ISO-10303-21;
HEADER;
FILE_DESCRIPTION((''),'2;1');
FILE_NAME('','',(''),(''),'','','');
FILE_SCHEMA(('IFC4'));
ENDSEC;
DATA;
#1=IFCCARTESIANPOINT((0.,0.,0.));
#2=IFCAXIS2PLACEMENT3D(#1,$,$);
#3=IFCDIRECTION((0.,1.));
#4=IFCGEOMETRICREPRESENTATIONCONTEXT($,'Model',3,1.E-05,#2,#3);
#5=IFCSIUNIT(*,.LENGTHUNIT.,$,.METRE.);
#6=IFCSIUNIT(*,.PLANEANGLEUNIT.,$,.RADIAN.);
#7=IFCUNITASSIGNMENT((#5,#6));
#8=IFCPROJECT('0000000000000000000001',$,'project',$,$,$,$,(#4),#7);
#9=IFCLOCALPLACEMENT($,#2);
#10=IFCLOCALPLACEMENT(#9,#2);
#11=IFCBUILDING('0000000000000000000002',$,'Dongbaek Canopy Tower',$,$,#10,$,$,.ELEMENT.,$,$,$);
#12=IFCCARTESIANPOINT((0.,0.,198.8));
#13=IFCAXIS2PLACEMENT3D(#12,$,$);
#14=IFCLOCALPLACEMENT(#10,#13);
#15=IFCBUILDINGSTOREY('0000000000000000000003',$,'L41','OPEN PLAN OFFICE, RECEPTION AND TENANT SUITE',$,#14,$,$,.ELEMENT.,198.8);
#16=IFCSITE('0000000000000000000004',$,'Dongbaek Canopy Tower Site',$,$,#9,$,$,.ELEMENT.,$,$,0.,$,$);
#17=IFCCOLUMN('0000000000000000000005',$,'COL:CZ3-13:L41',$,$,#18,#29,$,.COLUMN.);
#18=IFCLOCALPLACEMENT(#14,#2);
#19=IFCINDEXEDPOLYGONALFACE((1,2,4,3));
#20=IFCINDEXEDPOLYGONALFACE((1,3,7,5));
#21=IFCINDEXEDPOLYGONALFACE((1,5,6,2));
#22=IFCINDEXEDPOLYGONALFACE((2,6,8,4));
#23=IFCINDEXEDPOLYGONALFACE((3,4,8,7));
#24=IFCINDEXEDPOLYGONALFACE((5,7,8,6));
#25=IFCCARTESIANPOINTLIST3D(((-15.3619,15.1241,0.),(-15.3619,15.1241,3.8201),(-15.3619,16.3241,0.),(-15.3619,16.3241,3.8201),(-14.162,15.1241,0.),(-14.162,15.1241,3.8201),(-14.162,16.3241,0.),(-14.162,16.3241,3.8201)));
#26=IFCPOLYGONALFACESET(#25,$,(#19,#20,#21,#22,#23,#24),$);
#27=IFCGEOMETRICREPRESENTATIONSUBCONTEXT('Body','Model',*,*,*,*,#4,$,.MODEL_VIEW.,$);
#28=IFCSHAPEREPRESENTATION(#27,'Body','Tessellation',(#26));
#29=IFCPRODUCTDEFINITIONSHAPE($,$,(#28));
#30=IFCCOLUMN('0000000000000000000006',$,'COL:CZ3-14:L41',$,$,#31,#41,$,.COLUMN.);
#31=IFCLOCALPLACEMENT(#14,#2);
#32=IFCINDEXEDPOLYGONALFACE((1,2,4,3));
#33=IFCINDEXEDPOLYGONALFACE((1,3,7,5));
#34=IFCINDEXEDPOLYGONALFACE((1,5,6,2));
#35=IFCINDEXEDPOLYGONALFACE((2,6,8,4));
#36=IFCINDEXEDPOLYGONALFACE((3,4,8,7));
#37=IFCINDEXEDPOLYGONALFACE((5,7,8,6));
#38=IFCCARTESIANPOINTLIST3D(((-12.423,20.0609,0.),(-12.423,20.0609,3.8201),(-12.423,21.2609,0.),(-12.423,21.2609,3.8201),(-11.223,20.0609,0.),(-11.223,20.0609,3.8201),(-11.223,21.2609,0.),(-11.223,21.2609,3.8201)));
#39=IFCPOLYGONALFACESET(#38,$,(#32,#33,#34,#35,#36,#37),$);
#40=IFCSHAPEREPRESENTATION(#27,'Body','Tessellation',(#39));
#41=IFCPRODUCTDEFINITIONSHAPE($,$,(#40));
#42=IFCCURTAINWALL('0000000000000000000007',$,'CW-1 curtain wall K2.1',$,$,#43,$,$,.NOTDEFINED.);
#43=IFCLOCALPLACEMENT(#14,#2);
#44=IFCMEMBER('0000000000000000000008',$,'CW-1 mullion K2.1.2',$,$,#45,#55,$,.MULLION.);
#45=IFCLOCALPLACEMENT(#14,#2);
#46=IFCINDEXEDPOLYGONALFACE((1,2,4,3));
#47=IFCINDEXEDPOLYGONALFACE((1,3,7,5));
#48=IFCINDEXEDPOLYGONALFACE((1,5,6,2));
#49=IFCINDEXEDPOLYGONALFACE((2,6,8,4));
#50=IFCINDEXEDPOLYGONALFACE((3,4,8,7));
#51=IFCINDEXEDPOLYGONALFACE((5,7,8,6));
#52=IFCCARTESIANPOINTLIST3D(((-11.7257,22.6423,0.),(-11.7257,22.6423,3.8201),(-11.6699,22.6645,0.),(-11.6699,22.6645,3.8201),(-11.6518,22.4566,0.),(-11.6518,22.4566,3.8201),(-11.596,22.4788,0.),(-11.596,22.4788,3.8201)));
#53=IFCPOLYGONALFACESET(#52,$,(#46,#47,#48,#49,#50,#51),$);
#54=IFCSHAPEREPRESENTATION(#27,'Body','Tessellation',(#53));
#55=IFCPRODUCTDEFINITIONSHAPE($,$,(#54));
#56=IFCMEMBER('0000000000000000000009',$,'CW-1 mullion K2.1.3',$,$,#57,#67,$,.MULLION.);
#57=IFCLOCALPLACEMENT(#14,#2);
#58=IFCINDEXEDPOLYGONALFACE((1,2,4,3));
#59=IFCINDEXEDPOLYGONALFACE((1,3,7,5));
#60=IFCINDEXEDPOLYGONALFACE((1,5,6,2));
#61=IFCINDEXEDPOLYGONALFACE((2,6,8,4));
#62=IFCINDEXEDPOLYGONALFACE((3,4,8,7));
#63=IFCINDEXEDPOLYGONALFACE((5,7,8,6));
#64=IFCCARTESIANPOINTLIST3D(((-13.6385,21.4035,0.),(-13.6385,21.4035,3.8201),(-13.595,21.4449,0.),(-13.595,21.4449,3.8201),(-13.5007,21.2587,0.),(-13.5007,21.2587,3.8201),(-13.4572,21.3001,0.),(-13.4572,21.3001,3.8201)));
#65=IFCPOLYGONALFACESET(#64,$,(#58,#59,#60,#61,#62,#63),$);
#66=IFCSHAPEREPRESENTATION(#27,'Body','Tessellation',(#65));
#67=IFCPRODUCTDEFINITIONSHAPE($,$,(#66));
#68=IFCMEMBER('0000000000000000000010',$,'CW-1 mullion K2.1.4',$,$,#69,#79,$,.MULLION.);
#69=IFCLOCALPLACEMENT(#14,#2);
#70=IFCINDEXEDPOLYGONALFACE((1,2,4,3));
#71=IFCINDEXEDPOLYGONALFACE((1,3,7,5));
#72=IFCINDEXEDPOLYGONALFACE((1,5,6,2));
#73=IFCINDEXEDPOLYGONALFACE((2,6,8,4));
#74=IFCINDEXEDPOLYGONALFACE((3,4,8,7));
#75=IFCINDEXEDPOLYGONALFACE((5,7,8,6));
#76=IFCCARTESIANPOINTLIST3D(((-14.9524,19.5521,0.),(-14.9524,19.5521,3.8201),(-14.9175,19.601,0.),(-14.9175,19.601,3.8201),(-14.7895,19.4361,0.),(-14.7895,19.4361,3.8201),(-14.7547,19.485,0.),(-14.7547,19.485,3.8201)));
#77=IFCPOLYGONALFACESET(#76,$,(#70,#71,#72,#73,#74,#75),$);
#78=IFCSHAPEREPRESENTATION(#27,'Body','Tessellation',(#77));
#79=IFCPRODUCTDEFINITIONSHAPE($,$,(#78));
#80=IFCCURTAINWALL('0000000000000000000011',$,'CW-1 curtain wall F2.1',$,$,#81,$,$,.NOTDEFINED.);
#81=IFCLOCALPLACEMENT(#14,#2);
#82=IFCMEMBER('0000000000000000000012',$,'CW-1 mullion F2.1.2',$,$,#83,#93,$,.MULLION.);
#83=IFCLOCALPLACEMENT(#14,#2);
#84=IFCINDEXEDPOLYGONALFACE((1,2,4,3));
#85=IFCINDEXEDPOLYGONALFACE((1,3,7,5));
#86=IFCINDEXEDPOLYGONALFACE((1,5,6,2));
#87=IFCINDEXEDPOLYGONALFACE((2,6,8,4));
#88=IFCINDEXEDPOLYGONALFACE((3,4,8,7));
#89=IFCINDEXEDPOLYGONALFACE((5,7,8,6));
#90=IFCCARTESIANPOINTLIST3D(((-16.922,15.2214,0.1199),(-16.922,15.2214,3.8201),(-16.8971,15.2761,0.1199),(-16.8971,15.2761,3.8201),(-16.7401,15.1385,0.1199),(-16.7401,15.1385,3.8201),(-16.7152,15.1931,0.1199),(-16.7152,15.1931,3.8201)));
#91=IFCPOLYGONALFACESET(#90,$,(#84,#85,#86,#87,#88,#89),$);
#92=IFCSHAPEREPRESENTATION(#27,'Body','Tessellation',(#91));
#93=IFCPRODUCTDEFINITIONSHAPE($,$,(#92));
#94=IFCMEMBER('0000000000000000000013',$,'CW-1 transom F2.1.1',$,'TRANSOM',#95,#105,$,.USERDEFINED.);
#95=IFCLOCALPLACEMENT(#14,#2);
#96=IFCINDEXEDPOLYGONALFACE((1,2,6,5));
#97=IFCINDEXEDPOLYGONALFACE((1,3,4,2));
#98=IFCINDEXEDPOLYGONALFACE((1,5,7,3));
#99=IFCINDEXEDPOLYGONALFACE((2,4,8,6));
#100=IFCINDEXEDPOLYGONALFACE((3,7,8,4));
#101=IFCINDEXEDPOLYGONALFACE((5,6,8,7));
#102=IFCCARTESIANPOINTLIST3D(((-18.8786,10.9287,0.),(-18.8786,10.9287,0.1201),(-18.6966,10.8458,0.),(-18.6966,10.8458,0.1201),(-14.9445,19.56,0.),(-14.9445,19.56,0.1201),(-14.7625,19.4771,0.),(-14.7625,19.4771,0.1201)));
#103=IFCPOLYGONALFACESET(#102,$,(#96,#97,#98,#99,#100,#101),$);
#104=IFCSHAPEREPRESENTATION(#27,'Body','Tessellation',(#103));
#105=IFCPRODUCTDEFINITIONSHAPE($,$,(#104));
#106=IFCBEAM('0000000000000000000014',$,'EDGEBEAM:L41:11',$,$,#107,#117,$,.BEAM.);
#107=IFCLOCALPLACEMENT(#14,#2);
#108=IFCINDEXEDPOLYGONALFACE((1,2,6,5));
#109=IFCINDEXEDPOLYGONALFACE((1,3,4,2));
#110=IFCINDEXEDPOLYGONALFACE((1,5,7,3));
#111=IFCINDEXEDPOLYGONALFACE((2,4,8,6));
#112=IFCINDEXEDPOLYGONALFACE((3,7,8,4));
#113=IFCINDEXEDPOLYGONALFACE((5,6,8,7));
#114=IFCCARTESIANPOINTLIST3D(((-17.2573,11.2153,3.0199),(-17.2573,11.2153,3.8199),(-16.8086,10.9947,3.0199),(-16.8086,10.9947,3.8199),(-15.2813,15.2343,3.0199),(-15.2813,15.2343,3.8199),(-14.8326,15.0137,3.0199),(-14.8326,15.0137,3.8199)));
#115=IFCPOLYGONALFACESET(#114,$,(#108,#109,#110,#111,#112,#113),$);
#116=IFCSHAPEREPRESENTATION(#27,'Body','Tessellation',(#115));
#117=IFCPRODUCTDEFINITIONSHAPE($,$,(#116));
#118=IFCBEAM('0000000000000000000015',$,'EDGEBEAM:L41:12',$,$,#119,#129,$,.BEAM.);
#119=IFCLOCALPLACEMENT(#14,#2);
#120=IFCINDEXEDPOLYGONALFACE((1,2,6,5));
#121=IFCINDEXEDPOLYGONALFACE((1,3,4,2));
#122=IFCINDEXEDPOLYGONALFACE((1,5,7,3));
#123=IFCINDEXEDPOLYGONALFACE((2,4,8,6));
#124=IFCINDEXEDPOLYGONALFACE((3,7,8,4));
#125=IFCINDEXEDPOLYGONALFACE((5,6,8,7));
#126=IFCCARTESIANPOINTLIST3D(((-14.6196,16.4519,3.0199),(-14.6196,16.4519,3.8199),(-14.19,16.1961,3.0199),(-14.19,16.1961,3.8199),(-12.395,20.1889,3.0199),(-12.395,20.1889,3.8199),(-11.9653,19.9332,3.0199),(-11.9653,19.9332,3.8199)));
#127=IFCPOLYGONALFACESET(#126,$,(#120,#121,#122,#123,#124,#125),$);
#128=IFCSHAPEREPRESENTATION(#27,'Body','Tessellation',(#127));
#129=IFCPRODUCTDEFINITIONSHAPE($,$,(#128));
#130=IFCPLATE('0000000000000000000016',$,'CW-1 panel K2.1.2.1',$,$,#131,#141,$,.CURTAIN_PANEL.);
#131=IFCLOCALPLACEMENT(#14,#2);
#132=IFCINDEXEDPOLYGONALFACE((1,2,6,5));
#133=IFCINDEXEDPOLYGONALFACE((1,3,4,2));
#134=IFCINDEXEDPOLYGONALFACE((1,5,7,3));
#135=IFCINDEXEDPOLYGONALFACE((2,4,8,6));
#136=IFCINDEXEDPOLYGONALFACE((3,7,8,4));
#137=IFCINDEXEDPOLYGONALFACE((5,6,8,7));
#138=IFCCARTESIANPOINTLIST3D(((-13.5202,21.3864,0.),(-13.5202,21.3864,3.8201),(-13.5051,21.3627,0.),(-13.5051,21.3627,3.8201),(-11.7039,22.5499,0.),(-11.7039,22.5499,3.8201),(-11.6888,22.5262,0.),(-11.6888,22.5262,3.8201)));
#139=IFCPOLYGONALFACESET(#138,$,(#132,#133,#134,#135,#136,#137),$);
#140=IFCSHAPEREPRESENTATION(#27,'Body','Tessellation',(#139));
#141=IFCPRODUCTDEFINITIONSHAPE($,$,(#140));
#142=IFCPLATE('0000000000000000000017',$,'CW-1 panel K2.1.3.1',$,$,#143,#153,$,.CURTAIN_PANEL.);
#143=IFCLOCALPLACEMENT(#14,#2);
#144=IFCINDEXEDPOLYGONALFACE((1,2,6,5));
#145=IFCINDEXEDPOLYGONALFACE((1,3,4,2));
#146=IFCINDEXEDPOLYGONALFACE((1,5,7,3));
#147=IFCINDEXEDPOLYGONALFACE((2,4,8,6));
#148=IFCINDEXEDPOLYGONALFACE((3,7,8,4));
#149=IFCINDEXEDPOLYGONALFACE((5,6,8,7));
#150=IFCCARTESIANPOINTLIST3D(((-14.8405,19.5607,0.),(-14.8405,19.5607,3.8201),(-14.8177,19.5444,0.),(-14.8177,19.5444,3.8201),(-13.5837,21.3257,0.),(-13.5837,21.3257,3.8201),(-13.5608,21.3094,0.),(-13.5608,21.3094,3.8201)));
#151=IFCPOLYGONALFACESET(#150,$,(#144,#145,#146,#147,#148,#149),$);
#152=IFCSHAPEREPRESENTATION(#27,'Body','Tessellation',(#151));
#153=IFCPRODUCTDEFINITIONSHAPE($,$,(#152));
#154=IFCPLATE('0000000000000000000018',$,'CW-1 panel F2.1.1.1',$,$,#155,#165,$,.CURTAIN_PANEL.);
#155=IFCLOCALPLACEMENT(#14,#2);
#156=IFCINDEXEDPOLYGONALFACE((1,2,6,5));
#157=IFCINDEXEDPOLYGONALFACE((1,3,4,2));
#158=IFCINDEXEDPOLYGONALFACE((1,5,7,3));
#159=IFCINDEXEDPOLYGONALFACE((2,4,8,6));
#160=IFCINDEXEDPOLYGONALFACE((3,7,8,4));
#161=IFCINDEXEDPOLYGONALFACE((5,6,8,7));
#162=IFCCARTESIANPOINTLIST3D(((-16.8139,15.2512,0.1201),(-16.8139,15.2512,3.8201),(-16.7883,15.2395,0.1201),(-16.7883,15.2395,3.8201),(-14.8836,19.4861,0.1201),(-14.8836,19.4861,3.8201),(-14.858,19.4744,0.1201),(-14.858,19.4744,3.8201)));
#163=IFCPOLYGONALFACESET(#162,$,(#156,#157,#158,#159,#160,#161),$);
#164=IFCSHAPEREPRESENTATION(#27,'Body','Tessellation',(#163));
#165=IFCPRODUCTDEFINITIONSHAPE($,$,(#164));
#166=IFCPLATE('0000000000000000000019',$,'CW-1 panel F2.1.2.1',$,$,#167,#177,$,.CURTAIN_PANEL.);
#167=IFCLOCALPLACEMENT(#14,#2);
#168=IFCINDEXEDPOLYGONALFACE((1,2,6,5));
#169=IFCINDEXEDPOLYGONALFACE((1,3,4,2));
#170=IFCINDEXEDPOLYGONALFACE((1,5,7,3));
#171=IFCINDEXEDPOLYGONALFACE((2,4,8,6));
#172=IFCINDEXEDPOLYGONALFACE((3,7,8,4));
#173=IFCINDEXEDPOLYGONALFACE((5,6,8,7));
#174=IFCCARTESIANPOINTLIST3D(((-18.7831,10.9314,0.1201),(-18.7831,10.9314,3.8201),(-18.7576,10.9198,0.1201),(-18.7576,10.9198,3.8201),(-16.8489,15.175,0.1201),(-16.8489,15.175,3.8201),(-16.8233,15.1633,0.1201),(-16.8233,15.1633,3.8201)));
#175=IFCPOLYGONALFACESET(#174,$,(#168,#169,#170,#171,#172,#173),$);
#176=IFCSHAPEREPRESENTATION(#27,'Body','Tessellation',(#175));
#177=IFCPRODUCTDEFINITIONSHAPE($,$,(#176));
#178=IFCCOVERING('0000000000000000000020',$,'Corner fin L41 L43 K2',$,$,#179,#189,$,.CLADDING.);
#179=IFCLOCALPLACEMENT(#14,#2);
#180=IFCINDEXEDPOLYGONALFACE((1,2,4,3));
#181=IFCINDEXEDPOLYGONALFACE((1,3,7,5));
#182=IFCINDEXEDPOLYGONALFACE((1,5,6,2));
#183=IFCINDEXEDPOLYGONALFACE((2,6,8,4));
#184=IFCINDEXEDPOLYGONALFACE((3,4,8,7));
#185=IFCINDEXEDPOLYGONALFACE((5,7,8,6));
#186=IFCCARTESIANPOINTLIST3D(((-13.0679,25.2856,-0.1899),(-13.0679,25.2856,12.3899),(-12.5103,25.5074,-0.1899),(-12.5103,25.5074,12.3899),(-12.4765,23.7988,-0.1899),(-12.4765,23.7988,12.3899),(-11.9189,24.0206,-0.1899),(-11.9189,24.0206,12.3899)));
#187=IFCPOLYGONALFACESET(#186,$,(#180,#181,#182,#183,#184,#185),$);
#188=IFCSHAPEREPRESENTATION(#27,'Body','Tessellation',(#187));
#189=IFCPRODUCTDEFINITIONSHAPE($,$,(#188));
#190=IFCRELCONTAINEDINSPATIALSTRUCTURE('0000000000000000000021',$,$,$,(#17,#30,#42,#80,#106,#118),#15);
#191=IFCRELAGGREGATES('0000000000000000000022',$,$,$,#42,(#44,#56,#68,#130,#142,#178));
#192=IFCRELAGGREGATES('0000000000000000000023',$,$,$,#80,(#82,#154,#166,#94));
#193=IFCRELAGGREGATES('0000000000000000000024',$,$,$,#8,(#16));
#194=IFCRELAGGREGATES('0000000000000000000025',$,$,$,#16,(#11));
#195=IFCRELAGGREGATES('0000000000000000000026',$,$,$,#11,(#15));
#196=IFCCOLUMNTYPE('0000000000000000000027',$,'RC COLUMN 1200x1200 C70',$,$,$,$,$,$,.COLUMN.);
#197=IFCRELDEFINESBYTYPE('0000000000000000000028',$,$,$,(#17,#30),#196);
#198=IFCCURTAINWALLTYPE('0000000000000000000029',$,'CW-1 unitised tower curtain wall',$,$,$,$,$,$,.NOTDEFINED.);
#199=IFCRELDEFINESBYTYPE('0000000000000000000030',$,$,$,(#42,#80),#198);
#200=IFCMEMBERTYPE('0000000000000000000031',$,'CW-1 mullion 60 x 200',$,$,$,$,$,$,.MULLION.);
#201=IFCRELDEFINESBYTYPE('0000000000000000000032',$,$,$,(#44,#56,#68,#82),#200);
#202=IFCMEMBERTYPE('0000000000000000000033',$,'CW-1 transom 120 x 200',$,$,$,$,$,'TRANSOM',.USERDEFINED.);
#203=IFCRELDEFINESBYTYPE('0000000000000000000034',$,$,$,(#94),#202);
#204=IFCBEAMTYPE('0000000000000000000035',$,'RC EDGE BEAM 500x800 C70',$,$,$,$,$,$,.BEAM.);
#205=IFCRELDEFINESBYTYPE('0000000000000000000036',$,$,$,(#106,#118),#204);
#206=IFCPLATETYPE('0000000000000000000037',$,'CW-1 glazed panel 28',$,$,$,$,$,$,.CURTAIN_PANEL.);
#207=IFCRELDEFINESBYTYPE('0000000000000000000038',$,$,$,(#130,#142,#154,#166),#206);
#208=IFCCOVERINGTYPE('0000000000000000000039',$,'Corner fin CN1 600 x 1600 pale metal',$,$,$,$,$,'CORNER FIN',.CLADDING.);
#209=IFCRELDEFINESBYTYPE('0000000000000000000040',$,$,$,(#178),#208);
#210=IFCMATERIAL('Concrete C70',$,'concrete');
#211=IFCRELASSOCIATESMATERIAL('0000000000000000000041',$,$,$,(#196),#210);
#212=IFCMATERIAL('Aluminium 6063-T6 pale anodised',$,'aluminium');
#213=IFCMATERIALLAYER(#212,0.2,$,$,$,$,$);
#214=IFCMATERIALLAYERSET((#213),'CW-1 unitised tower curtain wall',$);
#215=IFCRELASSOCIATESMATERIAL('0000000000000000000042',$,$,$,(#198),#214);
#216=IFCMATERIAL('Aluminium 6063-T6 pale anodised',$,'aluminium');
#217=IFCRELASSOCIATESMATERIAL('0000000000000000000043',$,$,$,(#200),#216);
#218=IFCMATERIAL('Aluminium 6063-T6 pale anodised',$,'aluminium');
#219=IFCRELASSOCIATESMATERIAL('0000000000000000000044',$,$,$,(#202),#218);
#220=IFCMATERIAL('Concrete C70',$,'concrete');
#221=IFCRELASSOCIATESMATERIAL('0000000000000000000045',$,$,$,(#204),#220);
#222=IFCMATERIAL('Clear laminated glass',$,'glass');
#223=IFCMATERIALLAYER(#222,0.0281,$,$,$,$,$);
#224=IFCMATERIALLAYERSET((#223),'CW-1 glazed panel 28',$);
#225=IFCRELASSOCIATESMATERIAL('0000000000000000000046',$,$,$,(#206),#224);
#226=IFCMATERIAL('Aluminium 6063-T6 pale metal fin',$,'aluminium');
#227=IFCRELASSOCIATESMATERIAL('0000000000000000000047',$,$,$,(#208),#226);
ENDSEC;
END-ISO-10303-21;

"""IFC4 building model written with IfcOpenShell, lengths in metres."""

from ifc_helpers import new_model, si_unit, direction, frame, origin, origin_2d, place, context, subcontext, project, spatial, rectangle, extrude, material, layer, layer_set, material_profile, profile_set, type_object, element, aggregate, save


model = new_model("IFC4")

# Units and contexts
model_context = context("Model", 3, precision=1e-05, world=origin(), true_north=direction((0.0, 1.0)))
body_context = subcontext(model_context, "Body", "Model", "MODEL_VIEW")
ifc_project = project(units=[si_unit("LENGTHUNIT", "METRE"), si_unit("PLANEANGLEUNIT", "RADIAN")], contexts=[model_context])

# Site, building, storey
site_placement = place(None, origin())
site = spatial("IfcSite", under=ifc_project, at=site_placement, Name="Dongbaek Canopy Tower Site", CompositionType="ELEMENT", RefElevation=0.0)
building_placement = place(site_placement, origin())
building = spatial("IfcBuilding", under=site, at=building_placement, Name="Dongbaek Canopy Tower", CompositionType="ELEMENT")
storey_placement = place(building_placement, frame((0.0, 0.0, 198.8)))
storey = spatial("IfcBuildingStorey", under=building, at=storey_placement, Name="L41", Description="OPEN PLAN OFFICE, RECEPTION AND TENANT SUITE", CompositionType="ELEMENT", Elevation=198.8)

# Columns
ifc_material_1 = material(Name="Concrete C70", Category="concrete")
ifc_material_profile_1 = material_profile(ifc_material_1, rectangle(XDim=1.2, YDim=1.2, at=origin_2d()), Name="RC COLUMN 1200x1200 C70")
ifc_profile_set_1 = profile_set([ifc_material_profile_1], Name="Concrete C70")
column_type = type_object("IfcColumnType", Name="RC COLUMN 1200x1200 C70", PredefinedType="COLUMN", material=ifc_profile_set_1)
for number, where, z_axis, x_axis, name in (
    (1, (-14.762, 15.7241, 0.0), (0.0, 0.0, 1.0), (1.0, 0.0, 0.0), "COL:CZ3-13:L41"),
    (2, (-11.823, 20.6609, 0.0), (0.0, 0.0, 1.0), (1.0, 0.0, 0.0), "COL:CZ3-14:L41"),
):
    element("IfcColumn", number, at=place(storey_placement, frame(where, z_axis=z_axis, x_axis=x_axis)), inside=storey, type_object=column_type, Name=name, PredefinedType="COLUMN", context=body_context, shape_type="SweptSolid", body=[
        extrude(rectangle(XDim=1.2, YDim=1.2, at=origin_2d()), origin(), (0.0, 0.0, 1.0), 3.8201),
    ])

# Curtain walls, members
ifc_material_2 = material(Name="Aluminium 6063-T6 pale anodised", Category="aluminium")
ifc_layer_1 = layer(ifc_material_2, 0.2)
ifc_layer_set_1 = layer_set([ifc_layer_1], Name="CW-1 unitised tower curtain wall")
curtain_wall_type = type_object("IfcCurtainWallType", Name="CW-1 unitised tower curtain wall", PredefinedType="NOTDEFINED", material=ifc_layer_set_1)
curtain_wall_1_placement = place(storey_placement, origin())
curtain_wall_1 = element("IfcCurtainWall", 3, at=curtain_wall_1_placement, inside=storey, type_object=curtain_wall_type, Name="CW-1 curtain wall K2.1", PredefinedType="NOTDEFINED")
ifc_material_3 = material(Name="Aluminium 6063-T6 pale anodised", Category="aluminium")
ifc_material_profile_2 = material_profile(ifc_material_3, rectangle(XDim=0.2, YDim=0.0601, at=origin_2d()), Name="CW-1 mullion 60 x 200")
ifc_profile_set_2 = profile_set([ifc_material_profile_2], Name="Aluminium 6063-T6 pale anodised")
member_type_1 = type_object("IfcMemberType", Name="CW-1 mullion 60 x 200", PredefinedType="MULLION", material=ifc_profile_set_2)
member_1_placement = place(storey_placement, frame((-11.6609, 22.5605, 0.0), z_axis=(0.0, 0.0, 1.0), x_axis=(-0.369611, 0.929187, 0.0)))
member_1 = element("IfcMember", 4, at=member_1_placement, type_object=member_type_1, Name="CW-1 mullion K2.1.2", PredefinedType="MULLION", context=body_context, shape_type="SweptSolid", body=[
    extrude(rectangle(XDim=0.2, YDim=0.0601, at=origin_2d()), origin(), (0.0, 0.0, 1.0), 3.8201),
])
member_2_placement = place(storey_placement, frame((-13.5479, 21.3518, 0.0), z_axis=(0.0, 0.0, 1.0), x_axis=(-0.689542, 0.724246, 0.0)))
member_2 = element("IfcMember", 5, at=member_2_placement, type_object=member_type_1, Name="CW-1 mullion K2.1.3", PredefinedType="MULLION", context=body_context, shape_type="SweptSolid", body=[
    extrude(rectangle(XDim=0.2, YDim=0.0601, at=origin_2d()), origin(), (0.0, 0.0, 1.0), 3.8201),
])
member_3_placement = place(storey_placement, frame((-14.8535, 19.5186, 0.0), z_axis=(0.0, 0.0, 1.0), x_axis=(-0.814571, 0.580064, 0.0)))
member_3 = element("IfcMember", 6, at=member_3_placement, type_object=member_type_1, Name="CW-1 mullion K2.1.4", PredefinedType="MULLION", context=body_context, shape_type="SweptSolid", body=[
    extrude(rectangle(XDim=0.2, YDim=0.0601, at=origin_2d()), origin(), (0.0, 0.0, 1.0), 3.8201),
])
curtain_wall_2_placement = place(storey_placement, origin())
curtain_wall_2 = element("IfcCurtainWall", 7, at=curtain_wall_2_placement, inside=storey, type_object=curtain_wall_type, Name="CW-1 curtain wall F2.1", PredefinedType="NOTDEFINED")
member_4_placement = place(storey_placement, frame((-16.8186, 15.2073, 0.1199), z_axis=(0.0, 0.0, 1.0), x_axis=(-0.909933, 0.414755, 0.0)))
member_4 = element("IfcMember", 8, at=member_4_placement, type_object=member_type_1, Name="CW-1 mullion F2.1.2", PredefinedType="MULLION", context=body_context, shape_type="SweptSolid", body=[
    extrude(rectangle(XDim=0.2, YDim=0.0601, at=origin_2d()), origin(), (0.0, 0.0, 1.0), 3.7002),
])
ifc_material_4 = material(Name="Aluminium 6063-T6 pale anodised", Category="aluminium")
ifc_material_profile_3 = material_profile(ifc_material_4, rectangle(XDim=0.2, YDim=0.1201, at=origin_2d()), Name="CW-1 transom 120 x 200")
ifc_profile_set_3 = profile_set([ifc_material_profile_3], Name="Aluminium 6063-T6 pale anodised")
member_type_2 = type_object("IfcMemberType", Name="CW-1 transom 120 x 200", ElementType="TRANSOM", PredefinedType="USERDEFINED", material=ifc_profile_set_3)
member_5_placement = place(storey_placement, frame((-14.8535, 19.5186, 0.0601), z_axis=(-0.414741, -0.909939, 0.0), x_axis=(0.909939, -0.414741, 0.0)))
member_5 = element("IfcMember", 9, at=member_5_placement, type_object=member_type_2, Name="CW-1 transom F2.1.1", ObjectType="TRANSOM", PredefinedType="USERDEFINED", context=body_context, shape_type="SweptSolid", body=[
    extrude(rectangle(XDim=0.2, YDim=0.1201, at=origin_2d()), origin(), (0.0, 0.0, 1.0), 9.4856),
])

# Beams
ifc_material_5 = material(Name="Concrete C70", Category="concrete")
ifc_material_profile_4 = material_profile(ifc_material_5, rectangle(XDim=0.5, YDim=0.8, at=origin_2d()), Name="RC EDGE BEAM 500x800 C70")
ifc_profile_set_4 = profile_set([ifc_material_profile_4], Name="Concrete C70")
beam_type = type_object("IfcBeamType", Name="RC EDGE BEAM 500x800 C70", PredefinedType="BEAM", material=ifc_profile_set_4)
beam_1_placement = place(storey_placement, frame((-17.033, 11.105, 3.4199), z_axis=(0.441229, 0.897395, 0.0), x_axis=(-0.897395, 0.441229, 0.0)))
element("IfcBeam", 10, at=beam_1_placement, inside=storey, type_object=beam_type, Name="EDGEBEAM:L41:11", PredefinedType="BEAM", context=body_context, shape_type="SweptSolid", body=[
    extrude(rectangle(XDim=0.5, YDim=0.8, at=origin_2d()), origin(), (0.0, 0.0, 1.0), 4.4785),
])
beam_2_placement = place(storey_placement, frame((-14.4048, 16.324, 3.4199), z_axis=(0.511512, 0.859276, 0.0), x_axis=(-0.859276, 0.511512, 0.0)))
element("IfcBeam", 11, at=beam_2_placement, inside=storey, type_object=beam_type, Name="EDGEBEAM:L41:12", PredefinedType="BEAM", context=body_context, shape_type="SweptSolid", body=[
    extrude(rectangle(XDim=0.5, YDim=0.8, at=origin_2d()), origin(), (0.0, 0.0, 1.0), 4.3491),
])

# Plates
ifc_material_6 = material(Name="Clear laminated glass", Category="glass")
ifc_layer_2 = layer(ifc_material_6, 0.0281)
ifc_layer_set_2 = layer_set([ifc_layer_2], Name="CW-1 glazed panel 28")
plate_type = type_object("IfcPlateType", Name="CW-1 glazed panel 28", PredefinedType="CURTAIN_PANEL", material=ifc_layer_set_2)
plate_1_placement = place(storey_placement, frame((-12.6045, 21.9563, 0.0), z_axis=(0.0, 0.0, 1.0), x_axis=(-0.84205, -0.539399, 0.0)))
plate_1 = element("IfcPlate", 12, at=plate_1_placement, type_object=plate_type, Name="CW-1 panel K2.1.2.1", PredefinedType="CURTAIN_PANEL", context=body_context, shape_type="SweptSolid", body=[
    extrude(rectangle(XDim=2.157, YDim=0.0281, at=origin_2d()), origin(), (0.0, 0.0, 1.0), 3.8201),
])
plate_2_placement = place(storey_placement, frame((-14.2007, 20.4351, 0.0), z_axis=(0.0, 0.0, 1.0), x_axis=(-0.580064, -0.814571, 0.0)))
plate_2 = element("IfcPlate", 13, at=plate_2_placement, type_object=plate_type, Name="CW-1 panel K2.1.3.1", PredefinedType="CURTAIN_PANEL", context=body_context, shape_type="SweptSolid", body=[
    extrude(rectangle(XDim=2.1667, YDim=0.0281, at=origin_2d()), origin(), (0.0, 0.0, 1.0), 3.8201),
])
plate_3_placement = place(storey_placement, frame((-15.8359, 17.3628, 0.1201), z_axis=(0.0, 0.0, 1.0), x_axis=(-0.414755, -0.909933, 0.0)))
plate_3 = element("IfcPlate", 14, at=plate_3_placement, type_object=plate_type, Name="CW-1 panel F2.1.1.1", PredefinedType="CURTAIN_PANEL", context=body_context, shape_type="SweptSolid", body=[
    extrude(rectangle(XDim=4.6541, YDim=0.0281, at=origin_2d()), origin(), (0.0, 0.0, 1.0), 3.7),
])
plate_4_placement = place(storey_placement, frame((-17.8032, 13.0474, 0.1201), z_axis=(0.0, 0.0, 1.0), x_axis=(-0.414755, -0.909933, 0.0)))
plate_4 = element("IfcPlate", 15, at=plate_4_placement, type_object=plate_type, Name="CW-1 panel F2.1.2.1", PredefinedType="CURTAIN_PANEL", context=body_context, shape_type="SweptSolid", body=[
    extrude(rectangle(XDim=4.6636, YDim=0.0281, at=origin_2d()), origin(), (0.0, 0.0, 1.0), 3.7),
])

# Covering
ifc_material_7 = material(Name="Aluminium 6063-T6 pale metal fin", Category="aluminium")
ifc_material_profile_5 = material_profile(ifc_material_7, rectangle(XDim=1.6001, YDim=0.6001, at=origin_2d()), Name="Corner fin CN1 600 x 1600 pale metal")
ifc_profile_set_5 = profile_set([ifc_material_profile_5], Name="Aluminium 6063-T6 pale metal fin")
covering_type_1 = type_object("IfcCoveringType", Name="Corner fin CN1 600 x 1600 pale metal", ElementType="CORNER FIN", PredefinedType="CLADDING", material=ifc_profile_set_5)
covering_1_placement = place(storey_placement, frame((-12.4934, 24.6531, -0.1899), z_axis=(0.0, 0.0, 1.0), x_axis=(-0.369611, 0.929187, 0.0)))
covering_1 = element("IfcCovering", 16, at=covering_1_placement, type_object=covering_type_1, Name="Corner fin L41 L43 K2", PredefinedType="CLADDING", context=body_context, shape_type="SweptSolid", body=[
    extrude(rectangle(XDim=1.6001, YDim=0.6001, at=origin_2d()), origin(), (0.0, 0.0, 1.0), 12.5798),
])
aggregate(curtain_wall_1, [member_1, member_2, member_3, plate_1, plate_2, covering_1])
aggregate(curtain_wall_2, [member_4, plate_3, plate_4, member_5])

save(model, "model.ifc")
